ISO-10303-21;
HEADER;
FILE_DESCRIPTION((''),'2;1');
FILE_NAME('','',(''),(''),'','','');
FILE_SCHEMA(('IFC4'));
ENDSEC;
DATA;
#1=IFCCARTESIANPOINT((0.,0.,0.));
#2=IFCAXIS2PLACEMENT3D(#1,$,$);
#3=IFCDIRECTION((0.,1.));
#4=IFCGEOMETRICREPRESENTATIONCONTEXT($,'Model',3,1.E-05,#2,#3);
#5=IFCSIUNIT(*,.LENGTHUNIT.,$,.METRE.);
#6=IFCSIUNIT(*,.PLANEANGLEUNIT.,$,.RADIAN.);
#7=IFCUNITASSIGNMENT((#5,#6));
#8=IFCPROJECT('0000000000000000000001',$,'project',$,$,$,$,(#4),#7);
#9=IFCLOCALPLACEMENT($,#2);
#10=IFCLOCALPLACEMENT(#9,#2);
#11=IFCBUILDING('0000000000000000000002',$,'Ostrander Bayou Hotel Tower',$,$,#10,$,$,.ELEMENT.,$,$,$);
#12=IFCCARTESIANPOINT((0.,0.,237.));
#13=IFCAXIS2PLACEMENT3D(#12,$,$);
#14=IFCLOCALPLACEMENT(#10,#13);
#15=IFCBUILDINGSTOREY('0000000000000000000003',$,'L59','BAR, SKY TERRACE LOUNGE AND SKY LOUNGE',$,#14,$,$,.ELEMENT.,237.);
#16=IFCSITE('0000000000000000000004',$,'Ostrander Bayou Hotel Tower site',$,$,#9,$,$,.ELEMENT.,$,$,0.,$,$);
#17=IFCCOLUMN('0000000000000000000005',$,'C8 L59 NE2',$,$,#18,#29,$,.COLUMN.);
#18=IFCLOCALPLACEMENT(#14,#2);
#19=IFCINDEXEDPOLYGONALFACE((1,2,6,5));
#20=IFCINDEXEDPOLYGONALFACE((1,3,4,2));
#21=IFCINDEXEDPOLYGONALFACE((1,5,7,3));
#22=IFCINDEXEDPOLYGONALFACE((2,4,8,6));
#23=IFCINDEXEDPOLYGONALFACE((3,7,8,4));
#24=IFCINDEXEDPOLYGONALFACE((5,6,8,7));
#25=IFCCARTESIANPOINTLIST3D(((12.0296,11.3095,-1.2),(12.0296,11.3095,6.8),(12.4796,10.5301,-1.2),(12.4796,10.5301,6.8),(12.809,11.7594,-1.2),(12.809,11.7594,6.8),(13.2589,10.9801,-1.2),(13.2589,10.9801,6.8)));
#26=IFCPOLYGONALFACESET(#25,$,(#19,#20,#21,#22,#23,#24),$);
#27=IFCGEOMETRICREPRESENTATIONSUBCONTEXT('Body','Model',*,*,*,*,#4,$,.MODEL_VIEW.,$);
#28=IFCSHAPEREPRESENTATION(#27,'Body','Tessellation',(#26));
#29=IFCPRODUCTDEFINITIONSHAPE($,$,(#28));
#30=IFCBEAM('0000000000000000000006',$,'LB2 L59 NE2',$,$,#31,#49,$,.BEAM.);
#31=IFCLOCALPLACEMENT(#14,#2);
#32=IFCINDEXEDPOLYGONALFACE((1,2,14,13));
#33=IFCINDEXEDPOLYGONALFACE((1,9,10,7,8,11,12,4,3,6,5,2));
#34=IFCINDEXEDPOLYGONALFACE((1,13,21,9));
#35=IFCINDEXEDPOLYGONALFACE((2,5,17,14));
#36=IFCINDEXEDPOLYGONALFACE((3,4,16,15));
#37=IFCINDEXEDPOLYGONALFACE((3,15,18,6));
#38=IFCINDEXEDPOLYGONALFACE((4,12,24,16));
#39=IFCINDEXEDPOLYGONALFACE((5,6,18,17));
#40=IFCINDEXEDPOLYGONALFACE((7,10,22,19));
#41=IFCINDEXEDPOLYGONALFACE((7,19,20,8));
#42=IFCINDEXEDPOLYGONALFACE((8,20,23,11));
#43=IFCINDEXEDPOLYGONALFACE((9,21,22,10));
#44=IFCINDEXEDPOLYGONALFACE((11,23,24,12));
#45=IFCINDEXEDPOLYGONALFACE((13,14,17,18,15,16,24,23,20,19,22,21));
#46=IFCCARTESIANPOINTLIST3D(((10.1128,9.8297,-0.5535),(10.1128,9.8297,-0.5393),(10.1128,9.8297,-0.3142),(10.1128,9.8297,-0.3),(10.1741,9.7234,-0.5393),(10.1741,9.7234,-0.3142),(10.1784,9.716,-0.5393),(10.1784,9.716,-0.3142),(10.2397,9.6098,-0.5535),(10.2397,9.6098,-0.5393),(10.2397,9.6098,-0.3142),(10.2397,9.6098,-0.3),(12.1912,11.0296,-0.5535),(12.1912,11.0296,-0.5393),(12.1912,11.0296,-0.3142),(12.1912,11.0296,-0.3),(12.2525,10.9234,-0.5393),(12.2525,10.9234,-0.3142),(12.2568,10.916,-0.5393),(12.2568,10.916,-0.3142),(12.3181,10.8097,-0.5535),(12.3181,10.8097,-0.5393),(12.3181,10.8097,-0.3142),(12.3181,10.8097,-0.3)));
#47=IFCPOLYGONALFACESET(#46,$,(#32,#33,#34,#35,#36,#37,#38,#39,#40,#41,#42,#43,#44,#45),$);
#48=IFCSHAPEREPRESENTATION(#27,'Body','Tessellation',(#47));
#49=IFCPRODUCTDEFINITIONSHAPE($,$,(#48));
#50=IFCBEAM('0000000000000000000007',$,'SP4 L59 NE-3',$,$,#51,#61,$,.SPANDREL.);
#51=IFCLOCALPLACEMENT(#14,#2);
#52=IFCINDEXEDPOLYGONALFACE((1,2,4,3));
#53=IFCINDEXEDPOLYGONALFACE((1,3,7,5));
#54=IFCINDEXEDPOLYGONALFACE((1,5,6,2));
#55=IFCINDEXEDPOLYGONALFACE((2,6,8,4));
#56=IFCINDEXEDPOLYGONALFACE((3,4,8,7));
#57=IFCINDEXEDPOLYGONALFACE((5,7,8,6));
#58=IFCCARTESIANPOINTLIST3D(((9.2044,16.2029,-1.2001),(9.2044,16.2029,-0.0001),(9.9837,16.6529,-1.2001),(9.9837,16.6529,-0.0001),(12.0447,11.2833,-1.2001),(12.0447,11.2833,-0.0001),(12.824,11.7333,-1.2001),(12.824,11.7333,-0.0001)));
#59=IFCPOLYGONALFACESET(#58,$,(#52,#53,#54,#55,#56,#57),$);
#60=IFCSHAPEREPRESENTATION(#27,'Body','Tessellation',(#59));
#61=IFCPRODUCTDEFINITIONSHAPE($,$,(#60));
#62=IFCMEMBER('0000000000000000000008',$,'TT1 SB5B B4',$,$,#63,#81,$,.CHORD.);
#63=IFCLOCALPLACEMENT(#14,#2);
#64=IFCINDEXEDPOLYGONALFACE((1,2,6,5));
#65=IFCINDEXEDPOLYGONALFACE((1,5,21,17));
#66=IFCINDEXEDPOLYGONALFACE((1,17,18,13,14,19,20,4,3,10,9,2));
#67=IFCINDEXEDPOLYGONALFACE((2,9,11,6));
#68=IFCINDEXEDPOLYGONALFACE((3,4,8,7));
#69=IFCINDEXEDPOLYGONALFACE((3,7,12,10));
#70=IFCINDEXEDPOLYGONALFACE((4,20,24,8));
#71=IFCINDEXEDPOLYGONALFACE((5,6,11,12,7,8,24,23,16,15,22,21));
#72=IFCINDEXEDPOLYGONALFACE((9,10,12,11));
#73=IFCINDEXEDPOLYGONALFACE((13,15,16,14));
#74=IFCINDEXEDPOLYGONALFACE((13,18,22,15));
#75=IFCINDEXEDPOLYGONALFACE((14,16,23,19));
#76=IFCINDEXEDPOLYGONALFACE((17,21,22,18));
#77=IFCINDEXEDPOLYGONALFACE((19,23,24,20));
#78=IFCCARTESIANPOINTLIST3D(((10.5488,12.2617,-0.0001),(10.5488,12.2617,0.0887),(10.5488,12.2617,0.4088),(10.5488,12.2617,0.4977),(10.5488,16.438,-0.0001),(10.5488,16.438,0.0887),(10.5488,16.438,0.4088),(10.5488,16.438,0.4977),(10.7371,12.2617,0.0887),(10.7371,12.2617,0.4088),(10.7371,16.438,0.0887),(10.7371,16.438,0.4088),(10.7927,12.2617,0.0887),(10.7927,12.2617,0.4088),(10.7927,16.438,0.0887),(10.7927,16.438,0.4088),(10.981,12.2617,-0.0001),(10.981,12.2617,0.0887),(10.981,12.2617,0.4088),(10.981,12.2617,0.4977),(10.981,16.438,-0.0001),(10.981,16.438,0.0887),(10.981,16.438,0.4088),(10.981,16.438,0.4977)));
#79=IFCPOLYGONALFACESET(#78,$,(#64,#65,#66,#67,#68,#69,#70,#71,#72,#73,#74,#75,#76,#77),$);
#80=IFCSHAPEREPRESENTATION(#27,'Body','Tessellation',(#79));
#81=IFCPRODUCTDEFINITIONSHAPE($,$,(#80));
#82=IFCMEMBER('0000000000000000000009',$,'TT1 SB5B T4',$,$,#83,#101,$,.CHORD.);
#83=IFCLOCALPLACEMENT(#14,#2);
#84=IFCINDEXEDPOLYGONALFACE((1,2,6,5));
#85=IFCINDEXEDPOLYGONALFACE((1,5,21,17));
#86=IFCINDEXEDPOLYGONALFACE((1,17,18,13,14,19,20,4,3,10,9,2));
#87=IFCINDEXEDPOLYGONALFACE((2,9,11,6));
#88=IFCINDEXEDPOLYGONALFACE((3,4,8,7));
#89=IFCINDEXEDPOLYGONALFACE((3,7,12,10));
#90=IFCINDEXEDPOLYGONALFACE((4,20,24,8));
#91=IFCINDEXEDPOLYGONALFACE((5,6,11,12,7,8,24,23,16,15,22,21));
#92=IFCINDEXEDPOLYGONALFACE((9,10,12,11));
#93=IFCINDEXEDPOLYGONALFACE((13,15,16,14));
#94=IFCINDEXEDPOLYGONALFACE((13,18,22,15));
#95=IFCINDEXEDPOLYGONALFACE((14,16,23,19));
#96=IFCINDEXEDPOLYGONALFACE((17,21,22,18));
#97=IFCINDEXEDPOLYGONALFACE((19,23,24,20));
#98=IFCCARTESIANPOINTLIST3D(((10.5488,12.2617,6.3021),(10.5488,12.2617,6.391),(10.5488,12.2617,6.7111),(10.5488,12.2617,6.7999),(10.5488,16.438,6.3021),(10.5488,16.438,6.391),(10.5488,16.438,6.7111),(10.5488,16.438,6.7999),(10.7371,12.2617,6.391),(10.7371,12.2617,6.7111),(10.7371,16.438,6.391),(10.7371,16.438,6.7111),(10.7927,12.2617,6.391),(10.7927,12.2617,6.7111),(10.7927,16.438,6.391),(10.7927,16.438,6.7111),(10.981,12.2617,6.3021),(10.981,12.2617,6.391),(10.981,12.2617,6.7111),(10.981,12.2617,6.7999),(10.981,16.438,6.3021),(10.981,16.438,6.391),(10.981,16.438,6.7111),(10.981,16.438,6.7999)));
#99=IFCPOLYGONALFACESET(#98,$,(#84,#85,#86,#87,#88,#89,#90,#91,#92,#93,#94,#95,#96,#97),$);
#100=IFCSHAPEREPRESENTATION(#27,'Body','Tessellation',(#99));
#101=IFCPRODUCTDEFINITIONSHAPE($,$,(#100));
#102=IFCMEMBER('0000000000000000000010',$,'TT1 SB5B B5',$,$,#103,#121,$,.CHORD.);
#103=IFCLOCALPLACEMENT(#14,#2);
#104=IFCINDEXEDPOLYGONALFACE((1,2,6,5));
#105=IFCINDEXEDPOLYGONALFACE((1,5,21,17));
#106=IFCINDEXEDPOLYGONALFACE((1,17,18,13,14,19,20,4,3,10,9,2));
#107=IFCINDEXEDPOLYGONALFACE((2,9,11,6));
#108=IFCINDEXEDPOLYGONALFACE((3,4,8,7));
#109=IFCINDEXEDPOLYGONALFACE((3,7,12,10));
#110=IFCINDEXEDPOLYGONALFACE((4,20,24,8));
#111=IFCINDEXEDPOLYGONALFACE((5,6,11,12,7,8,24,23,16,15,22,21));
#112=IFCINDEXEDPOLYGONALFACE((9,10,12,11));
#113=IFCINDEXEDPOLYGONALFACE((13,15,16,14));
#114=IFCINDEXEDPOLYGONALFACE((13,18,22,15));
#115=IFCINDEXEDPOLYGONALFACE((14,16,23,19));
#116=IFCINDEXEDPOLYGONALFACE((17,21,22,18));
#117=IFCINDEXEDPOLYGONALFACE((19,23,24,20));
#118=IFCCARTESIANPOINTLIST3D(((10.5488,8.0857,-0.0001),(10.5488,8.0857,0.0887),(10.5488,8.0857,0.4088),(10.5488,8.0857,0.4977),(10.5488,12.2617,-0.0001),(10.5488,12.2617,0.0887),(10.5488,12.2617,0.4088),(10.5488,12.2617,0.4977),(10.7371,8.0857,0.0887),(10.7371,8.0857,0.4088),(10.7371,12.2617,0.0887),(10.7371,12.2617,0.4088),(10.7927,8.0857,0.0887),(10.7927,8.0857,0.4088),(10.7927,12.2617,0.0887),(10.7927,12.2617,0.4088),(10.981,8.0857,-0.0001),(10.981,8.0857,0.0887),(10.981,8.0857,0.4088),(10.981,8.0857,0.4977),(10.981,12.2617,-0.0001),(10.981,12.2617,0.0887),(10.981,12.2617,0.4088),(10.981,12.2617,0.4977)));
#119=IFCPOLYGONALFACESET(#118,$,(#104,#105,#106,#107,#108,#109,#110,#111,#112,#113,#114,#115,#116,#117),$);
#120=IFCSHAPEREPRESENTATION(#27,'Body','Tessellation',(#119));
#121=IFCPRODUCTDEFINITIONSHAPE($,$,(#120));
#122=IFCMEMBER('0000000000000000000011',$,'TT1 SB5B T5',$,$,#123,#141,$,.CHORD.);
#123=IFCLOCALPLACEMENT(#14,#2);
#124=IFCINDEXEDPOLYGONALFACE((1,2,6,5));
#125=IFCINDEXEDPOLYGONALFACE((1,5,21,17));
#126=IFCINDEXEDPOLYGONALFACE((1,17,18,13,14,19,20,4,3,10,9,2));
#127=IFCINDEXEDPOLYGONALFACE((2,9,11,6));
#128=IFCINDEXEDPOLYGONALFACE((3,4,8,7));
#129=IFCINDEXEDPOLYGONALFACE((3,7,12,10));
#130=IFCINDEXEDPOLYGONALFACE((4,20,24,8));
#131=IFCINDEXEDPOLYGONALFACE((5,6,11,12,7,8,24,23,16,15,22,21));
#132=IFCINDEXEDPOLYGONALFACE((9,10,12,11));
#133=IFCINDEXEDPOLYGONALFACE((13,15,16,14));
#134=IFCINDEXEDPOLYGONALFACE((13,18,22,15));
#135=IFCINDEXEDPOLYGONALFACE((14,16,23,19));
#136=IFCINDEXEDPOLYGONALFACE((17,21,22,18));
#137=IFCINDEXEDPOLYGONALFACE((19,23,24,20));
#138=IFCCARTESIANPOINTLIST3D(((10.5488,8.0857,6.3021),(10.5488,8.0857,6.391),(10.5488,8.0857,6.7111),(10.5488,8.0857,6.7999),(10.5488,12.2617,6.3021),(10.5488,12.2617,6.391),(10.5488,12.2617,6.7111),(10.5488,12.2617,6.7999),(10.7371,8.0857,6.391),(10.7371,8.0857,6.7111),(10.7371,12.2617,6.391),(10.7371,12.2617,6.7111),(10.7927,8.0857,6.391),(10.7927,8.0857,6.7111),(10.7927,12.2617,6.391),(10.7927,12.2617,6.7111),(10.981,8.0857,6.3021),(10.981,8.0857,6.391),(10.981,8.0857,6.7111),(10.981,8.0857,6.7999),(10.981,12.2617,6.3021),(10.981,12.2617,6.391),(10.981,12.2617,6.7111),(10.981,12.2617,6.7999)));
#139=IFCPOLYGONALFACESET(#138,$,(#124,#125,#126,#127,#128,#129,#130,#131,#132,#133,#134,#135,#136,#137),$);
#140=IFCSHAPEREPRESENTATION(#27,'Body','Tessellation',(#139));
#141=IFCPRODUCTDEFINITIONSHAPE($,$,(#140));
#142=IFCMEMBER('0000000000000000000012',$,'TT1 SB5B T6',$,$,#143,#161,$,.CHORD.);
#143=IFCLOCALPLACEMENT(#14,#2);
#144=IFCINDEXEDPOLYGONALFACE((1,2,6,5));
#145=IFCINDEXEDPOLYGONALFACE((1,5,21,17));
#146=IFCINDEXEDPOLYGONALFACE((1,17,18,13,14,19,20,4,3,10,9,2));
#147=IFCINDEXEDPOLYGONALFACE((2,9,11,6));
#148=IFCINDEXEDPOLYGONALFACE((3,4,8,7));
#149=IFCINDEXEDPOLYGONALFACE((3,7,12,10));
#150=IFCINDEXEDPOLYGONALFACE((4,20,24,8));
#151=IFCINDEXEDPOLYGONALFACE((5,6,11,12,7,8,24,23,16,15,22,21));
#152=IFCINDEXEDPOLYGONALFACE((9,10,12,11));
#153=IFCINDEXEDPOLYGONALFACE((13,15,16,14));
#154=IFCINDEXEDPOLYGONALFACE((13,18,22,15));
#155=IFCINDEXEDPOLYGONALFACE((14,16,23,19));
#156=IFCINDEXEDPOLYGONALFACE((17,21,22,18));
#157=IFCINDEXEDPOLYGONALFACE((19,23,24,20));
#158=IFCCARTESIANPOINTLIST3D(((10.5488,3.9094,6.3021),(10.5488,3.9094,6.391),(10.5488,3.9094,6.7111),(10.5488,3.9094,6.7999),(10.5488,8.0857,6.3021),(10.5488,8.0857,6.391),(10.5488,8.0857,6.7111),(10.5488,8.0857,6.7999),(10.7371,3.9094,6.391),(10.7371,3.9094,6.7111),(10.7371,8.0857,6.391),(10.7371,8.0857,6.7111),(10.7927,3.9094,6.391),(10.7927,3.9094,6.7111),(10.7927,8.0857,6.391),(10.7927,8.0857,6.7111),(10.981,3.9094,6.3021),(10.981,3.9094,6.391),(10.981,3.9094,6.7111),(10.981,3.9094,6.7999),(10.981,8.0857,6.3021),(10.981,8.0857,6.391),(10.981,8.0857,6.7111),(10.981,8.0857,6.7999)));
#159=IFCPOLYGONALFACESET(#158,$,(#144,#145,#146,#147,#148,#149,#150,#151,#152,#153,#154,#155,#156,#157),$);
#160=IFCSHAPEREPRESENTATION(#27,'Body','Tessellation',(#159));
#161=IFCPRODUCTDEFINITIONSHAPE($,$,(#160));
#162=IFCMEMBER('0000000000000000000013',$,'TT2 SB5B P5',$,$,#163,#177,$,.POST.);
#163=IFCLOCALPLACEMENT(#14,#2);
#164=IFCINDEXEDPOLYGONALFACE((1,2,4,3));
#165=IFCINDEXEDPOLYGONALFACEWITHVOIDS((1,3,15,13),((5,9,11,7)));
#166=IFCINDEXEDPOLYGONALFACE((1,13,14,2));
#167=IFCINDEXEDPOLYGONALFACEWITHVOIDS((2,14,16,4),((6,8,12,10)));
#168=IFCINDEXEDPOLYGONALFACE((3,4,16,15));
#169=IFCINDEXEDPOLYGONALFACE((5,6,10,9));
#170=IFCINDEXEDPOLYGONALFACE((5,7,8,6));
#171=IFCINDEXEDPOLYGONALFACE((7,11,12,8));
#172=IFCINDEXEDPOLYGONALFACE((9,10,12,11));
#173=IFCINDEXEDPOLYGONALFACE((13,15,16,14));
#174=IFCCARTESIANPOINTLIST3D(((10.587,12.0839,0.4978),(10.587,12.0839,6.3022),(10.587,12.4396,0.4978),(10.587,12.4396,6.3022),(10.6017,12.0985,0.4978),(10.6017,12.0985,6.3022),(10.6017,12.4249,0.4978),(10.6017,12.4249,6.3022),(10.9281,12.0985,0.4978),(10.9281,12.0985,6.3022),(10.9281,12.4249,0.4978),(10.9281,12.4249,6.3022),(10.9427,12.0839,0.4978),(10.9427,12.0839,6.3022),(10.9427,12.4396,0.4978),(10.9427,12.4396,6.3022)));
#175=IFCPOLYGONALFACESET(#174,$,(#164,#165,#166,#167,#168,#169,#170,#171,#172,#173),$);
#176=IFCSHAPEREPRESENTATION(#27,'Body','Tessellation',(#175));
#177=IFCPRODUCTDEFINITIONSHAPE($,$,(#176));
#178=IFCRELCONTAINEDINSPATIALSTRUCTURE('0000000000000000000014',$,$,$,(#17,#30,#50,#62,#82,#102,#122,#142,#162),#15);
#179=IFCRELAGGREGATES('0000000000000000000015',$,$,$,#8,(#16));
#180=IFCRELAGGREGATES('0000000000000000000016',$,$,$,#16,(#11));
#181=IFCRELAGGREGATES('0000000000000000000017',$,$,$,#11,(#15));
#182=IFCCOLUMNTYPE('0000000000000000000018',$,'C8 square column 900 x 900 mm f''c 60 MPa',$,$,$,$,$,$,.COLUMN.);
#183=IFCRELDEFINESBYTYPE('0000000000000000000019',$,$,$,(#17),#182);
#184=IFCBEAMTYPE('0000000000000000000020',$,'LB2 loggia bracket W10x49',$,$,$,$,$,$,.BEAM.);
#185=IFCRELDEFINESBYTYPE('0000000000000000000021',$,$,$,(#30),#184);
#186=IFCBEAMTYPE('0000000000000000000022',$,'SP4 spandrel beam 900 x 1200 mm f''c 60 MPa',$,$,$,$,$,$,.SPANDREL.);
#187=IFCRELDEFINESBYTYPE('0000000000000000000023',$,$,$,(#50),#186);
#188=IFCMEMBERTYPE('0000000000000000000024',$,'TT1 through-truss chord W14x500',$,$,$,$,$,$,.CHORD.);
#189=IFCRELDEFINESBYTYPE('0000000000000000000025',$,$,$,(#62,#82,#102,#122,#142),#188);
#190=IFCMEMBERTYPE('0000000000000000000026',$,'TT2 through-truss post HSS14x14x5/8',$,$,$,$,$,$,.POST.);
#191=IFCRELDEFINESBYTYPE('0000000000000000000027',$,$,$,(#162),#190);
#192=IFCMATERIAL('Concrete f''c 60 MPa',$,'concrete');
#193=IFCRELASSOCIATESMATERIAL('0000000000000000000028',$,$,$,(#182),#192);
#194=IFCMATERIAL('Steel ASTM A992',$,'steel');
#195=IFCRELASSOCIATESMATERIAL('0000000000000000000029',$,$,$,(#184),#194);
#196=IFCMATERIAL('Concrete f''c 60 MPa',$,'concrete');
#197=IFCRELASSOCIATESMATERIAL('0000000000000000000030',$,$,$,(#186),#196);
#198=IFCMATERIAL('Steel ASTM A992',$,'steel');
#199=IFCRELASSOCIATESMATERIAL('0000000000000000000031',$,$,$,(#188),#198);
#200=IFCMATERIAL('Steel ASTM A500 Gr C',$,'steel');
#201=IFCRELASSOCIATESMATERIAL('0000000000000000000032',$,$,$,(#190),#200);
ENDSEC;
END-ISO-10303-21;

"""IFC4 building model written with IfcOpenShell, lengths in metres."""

from ifc_helpers import new_model, si_unit, direction, frame, origin, origin_2d, place, context, subcontext, project, spatial, rectangle, hollow_rectangle, i_section, extrude, material, material_profile, profile_set, type_object, element, save


model = new_model("IFC4")

# Units and contexts
model_context = context("Model", 3, precision=1e-05, world=origin(), true_north=direction((0.0, 1.0)))
body_context = subcontext(model_context, "Body", "Model", "MODEL_VIEW")
ifc_project = project(units=[si_unit("LENGTHUNIT", "METRE"), si_unit("PLANEANGLEUNIT", "RADIAN")], contexts=[model_context])

# Site, building, storey
site_placement = place(None, origin())
site = spatial("IfcSite", under=ifc_project, at=site_placement, Name="Ostrander Bayou Hotel Tower site", CompositionType="ELEMENT", RefElevation=0.0)
building_placement = place(site_placement, origin())
building = spatial("IfcBuilding", under=site, at=building_placement, Name="Ostrander Bayou Hotel Tower", CompositionType="ELEMENT")
storey_placement = place(building_placement, frame((0.0, 0.0, 237.0)))
storey = spatial("IfcBuildingStorey", under=building, at=storey_placement, Name="L59", Description="BAR, SKY TERRACE LOUNGE AND SKY LOUNGE", CompositionType="ELEMENT", Elevation=237.0)

# Column
ifc_material_1 = material(Name="Concrete f'c 60 MPa", Category="concrete")
ifc_material_profile_1 = material_profile(ifc_material_1, rectangle(XDim=0.8999, YDim=0.8999, at=origin_2d()))
ifc_profile_set_1 = profile_set([ifc_material_profile_1], Name="Concrete f'c 60 MPa")
column_type = type_object("IfcColumnType", Name="C8 square column 900 x 900 mm f'c 60 MPa", PredefinedType="COLUMN", material=ifc_profile_set_1)
column_placement = place(storey_placement, frame((12.6443, 11.1448, -1.2), z_axis=(0.0, 0.0, 1.0), x_axis=(0.5, -0.866025, 0.0)))
element("IfcColumn", 1, at=column_placement, inside=storey, type_object=column_type, Name="C8 L59 NE2", PredefinedType="COLUMN", context=body_context, shape_type="SweptSolid", body=[
    extrude(rectangle(XDim=0.8999, YDim=0.8999, at=origin_2d()), origin(), (0.0, 0.0, 1.0), 8.0),
])

# Beams
ifc_material_2 = material(Name="Steel ASTM A992", Category="steel")
ifc_material_profile_2 = material_profile(ifc_material_2, i_section(OverallWidth=0.2539, OverallDepth=0.2534, WebThickness=0.0085, FlangeThickness=0.0142, at=origin_2d()))
ifc_profile_set_2 = profile_set([ifc_material_profile_2], Name="Steel ASTM A992")
beam_type_1 = type_object("IfcBeamType", Name="LB2 loggia bracket W10x49", PredefinedType="BEAM", material=ifc_profile_set_2)
beam_1_placement = place(storey_placement, frame((12.2546, 10.9197, -0.4268), z_axis=(-0.866025, -0.500001, 0.0), x_axis=(0.500001, -0.866025, 0.0)))
element("IfcBeam", 2, at=beam_1_placement, inside=storey, type_object=beam_type_1, Name="LB2 L59 NE2", PredefinedType="BEAM", context=body_context, shape_type="SweptSolid", body=[
    extrude(i_section(OverallWidth=0.2539, OverallDepth=0.2534, WebThickness=0.0085, FlangeThickness=0.0142, at=origin_2d()), origin(), (0.0, 0.0, 1.0), 2.3999),
])
ifc_material_3 = material(Name="Concrete f'c 60 MPa", Category="concrete")
ifc_material_profile_3 = material_profile(ifc_material_3, rectangle(XDim=0.8999, YDim=1.2, at=origin_2d()))
ifc_profile_set_3 = profile_set([ifc_material_profile_3], Name="Concrete f'c 60 MPa")
beam_type_2 = type_object("IfcBeamType", Name="SP4 spandrel beam 900 x 1200 mm f'c 60 MPa", PredefinedType="SPANDREL", material=ifc_profile_set_3)
beam_2_placement = place(storey_placement, frame((12.4343, 11.5083, -0.6001), z_axis=(-0.499994, 0.866029, 0.0), x_axis=(-0.866029, -0.499994, 0.0)))
element("IfcBeam", 3, at=beam_2_placement, inside=storey, type_object=beam_type_2, Name="SP4 L59 NE-3", PredefinedType="SPANDREL", context=body_context, shape_type="SweptSolid", body=[
    extrude(rectangle(XDim=0.8999, YDim=1.2, at=origin_2d()), origin(), (0.0, 0.0, 1.0), 5.6807),
])

# Members
ifc_material_4 = material(Name="Steel ASTM A992", Category="steel")
ifc_material_profile_4 = material_profile(ifc_material_4, i_section(OverallWidth=0.4321, OverallDepth=0.4978, WebThickness=0.0557, FlangeThickness=0.0889, at=origin_2d()))
ifc_profile_set_4 = profile_set([ifc_material_profile_4], Name="Steel ASTM A992")
member_type_1 = type_object("IfcMemberType", Name="TT1 through-truss chord W14x500", PredefinedType="CHORD", material=ifc_profile_set_4)
for number, where, z_axis, x_axis, name in (
    (4, (10.7649, 16.438, 0.2488), (0.0, -1.0, 0.0), (1.0, 0.0, 0.0), "TT1 SB5B B4"),
    (5, (10.7649, 16.438, 6.551), (0.0, -1.0, 0.0), (1.0, 0.0, 0.0), "TT1 SB5B T4"),
):
    element("IfcMember", number, at=place(storey_placement, frame(where, z_axis=z_axis, x_axis=x_axis)), inside=storey, type_object=member_type_1, Name=name, PredefinedType="CHORD", context=body_context, shape_type="SweptSolid", body=[
        extrude(i_section(OverallWidth=0.4321, OverallDepth=0.4978, WebThickness=0.0557, FlangeThickness=0.0889, at=origin_2d()), origin(), (0.0, 0.0, 1.0), 4.1763),
    ])
for number, where, z_axis, x_axis, name in (
    (6, (10.7649, 12.2617, 0.2488), (0.0, -1.0, 0.0), (1.0, 0.0, 0.0), "TT1 SB5B B5"),
    (7, (10.7649, 12.2617, 6.551), (0.0, -1.0, 0.0), (1.0, 0.0, 0.0), "TT1 SB5B T5"),
):
    element("IfcMember", number, at=place(storey_placement, frame(where, z_axis=z_axis, x_axis=x_axis)), inside=storey, type_object=member_type_1, Name=name, PredefinedType="CHORD", context=body_context, shape_type="SweptSolid", body=[
        extrude(i_section(OverallWidth=0.4321, OverallDepth=0.4978, WebThickness=0.0557, FlangeThickness=0.0889, at=origin_2d()), origin(), (0.0, 0.0, 1.0), 4.176),
    ])
member_1_placement = place(storey_placement, frame((10.7649, 8.0857, 6.551), z_axis=(0.0, -1.0, 0.0), x_axis=(1.0, 0.0, 0.0)))
element("IfcMember", 8, at=member_1_placement, inside=storey, type_object=member_type_1, Name="TT1 SB5B T6", PredefinedType="CHORD", context=body_context, shape_type="SweptSolid", body=[
    extrude(i_section(OverallWidth=0.4321, OverallDepth=0.4978, WebThickness=0.0557, FlangeThickness=0.0889, at=origin_2d()), origin(), (0.0, 0.0, 1.0), 4.1763),
])
ifc_material_5 = material(Name="Steel ASTM A500 Gr C", Category="steel")
ifc_material_profile_5 = material_profile(ifc_material_5, hollow_rectangle(XDim=0.3557, YDim=0.3557, WallThickness=0.0146, at=origin_2d()))
ifc_profile_set_5 = profile_set([ifc_material_profile_5], Name="Steel ASTM A500 Gr C")
member_type_2 = type_object("IfcMemberType", Name="TT2 through-truss post HSS14x14x5/8", PredefinedType="POST", material=ifc_profile_set_5)
member_2_placement = place(storey_placement, frame((10.7649, 12.2617, 0.4978), z_axis=(0.0, 0.0, 1.0), x_axis=(1.0, 0.0, 0.0)))
element("IfcMember", 9, at=member_2_placement, inside=storey, type_object=member_type_2, Name="TT2 SB5B P5", PredefinedType="POST", context=body_context, shape_type="SweptSolid", body=[
    extrude(hollow_rectangle(XDim=0.3557, YDim=0.3557, WallThickness=0.0146, at=origin_2d()), origin(), (0.0, 0.0, 1.0), 5.8044),
])

save(model, "model.ifc")
